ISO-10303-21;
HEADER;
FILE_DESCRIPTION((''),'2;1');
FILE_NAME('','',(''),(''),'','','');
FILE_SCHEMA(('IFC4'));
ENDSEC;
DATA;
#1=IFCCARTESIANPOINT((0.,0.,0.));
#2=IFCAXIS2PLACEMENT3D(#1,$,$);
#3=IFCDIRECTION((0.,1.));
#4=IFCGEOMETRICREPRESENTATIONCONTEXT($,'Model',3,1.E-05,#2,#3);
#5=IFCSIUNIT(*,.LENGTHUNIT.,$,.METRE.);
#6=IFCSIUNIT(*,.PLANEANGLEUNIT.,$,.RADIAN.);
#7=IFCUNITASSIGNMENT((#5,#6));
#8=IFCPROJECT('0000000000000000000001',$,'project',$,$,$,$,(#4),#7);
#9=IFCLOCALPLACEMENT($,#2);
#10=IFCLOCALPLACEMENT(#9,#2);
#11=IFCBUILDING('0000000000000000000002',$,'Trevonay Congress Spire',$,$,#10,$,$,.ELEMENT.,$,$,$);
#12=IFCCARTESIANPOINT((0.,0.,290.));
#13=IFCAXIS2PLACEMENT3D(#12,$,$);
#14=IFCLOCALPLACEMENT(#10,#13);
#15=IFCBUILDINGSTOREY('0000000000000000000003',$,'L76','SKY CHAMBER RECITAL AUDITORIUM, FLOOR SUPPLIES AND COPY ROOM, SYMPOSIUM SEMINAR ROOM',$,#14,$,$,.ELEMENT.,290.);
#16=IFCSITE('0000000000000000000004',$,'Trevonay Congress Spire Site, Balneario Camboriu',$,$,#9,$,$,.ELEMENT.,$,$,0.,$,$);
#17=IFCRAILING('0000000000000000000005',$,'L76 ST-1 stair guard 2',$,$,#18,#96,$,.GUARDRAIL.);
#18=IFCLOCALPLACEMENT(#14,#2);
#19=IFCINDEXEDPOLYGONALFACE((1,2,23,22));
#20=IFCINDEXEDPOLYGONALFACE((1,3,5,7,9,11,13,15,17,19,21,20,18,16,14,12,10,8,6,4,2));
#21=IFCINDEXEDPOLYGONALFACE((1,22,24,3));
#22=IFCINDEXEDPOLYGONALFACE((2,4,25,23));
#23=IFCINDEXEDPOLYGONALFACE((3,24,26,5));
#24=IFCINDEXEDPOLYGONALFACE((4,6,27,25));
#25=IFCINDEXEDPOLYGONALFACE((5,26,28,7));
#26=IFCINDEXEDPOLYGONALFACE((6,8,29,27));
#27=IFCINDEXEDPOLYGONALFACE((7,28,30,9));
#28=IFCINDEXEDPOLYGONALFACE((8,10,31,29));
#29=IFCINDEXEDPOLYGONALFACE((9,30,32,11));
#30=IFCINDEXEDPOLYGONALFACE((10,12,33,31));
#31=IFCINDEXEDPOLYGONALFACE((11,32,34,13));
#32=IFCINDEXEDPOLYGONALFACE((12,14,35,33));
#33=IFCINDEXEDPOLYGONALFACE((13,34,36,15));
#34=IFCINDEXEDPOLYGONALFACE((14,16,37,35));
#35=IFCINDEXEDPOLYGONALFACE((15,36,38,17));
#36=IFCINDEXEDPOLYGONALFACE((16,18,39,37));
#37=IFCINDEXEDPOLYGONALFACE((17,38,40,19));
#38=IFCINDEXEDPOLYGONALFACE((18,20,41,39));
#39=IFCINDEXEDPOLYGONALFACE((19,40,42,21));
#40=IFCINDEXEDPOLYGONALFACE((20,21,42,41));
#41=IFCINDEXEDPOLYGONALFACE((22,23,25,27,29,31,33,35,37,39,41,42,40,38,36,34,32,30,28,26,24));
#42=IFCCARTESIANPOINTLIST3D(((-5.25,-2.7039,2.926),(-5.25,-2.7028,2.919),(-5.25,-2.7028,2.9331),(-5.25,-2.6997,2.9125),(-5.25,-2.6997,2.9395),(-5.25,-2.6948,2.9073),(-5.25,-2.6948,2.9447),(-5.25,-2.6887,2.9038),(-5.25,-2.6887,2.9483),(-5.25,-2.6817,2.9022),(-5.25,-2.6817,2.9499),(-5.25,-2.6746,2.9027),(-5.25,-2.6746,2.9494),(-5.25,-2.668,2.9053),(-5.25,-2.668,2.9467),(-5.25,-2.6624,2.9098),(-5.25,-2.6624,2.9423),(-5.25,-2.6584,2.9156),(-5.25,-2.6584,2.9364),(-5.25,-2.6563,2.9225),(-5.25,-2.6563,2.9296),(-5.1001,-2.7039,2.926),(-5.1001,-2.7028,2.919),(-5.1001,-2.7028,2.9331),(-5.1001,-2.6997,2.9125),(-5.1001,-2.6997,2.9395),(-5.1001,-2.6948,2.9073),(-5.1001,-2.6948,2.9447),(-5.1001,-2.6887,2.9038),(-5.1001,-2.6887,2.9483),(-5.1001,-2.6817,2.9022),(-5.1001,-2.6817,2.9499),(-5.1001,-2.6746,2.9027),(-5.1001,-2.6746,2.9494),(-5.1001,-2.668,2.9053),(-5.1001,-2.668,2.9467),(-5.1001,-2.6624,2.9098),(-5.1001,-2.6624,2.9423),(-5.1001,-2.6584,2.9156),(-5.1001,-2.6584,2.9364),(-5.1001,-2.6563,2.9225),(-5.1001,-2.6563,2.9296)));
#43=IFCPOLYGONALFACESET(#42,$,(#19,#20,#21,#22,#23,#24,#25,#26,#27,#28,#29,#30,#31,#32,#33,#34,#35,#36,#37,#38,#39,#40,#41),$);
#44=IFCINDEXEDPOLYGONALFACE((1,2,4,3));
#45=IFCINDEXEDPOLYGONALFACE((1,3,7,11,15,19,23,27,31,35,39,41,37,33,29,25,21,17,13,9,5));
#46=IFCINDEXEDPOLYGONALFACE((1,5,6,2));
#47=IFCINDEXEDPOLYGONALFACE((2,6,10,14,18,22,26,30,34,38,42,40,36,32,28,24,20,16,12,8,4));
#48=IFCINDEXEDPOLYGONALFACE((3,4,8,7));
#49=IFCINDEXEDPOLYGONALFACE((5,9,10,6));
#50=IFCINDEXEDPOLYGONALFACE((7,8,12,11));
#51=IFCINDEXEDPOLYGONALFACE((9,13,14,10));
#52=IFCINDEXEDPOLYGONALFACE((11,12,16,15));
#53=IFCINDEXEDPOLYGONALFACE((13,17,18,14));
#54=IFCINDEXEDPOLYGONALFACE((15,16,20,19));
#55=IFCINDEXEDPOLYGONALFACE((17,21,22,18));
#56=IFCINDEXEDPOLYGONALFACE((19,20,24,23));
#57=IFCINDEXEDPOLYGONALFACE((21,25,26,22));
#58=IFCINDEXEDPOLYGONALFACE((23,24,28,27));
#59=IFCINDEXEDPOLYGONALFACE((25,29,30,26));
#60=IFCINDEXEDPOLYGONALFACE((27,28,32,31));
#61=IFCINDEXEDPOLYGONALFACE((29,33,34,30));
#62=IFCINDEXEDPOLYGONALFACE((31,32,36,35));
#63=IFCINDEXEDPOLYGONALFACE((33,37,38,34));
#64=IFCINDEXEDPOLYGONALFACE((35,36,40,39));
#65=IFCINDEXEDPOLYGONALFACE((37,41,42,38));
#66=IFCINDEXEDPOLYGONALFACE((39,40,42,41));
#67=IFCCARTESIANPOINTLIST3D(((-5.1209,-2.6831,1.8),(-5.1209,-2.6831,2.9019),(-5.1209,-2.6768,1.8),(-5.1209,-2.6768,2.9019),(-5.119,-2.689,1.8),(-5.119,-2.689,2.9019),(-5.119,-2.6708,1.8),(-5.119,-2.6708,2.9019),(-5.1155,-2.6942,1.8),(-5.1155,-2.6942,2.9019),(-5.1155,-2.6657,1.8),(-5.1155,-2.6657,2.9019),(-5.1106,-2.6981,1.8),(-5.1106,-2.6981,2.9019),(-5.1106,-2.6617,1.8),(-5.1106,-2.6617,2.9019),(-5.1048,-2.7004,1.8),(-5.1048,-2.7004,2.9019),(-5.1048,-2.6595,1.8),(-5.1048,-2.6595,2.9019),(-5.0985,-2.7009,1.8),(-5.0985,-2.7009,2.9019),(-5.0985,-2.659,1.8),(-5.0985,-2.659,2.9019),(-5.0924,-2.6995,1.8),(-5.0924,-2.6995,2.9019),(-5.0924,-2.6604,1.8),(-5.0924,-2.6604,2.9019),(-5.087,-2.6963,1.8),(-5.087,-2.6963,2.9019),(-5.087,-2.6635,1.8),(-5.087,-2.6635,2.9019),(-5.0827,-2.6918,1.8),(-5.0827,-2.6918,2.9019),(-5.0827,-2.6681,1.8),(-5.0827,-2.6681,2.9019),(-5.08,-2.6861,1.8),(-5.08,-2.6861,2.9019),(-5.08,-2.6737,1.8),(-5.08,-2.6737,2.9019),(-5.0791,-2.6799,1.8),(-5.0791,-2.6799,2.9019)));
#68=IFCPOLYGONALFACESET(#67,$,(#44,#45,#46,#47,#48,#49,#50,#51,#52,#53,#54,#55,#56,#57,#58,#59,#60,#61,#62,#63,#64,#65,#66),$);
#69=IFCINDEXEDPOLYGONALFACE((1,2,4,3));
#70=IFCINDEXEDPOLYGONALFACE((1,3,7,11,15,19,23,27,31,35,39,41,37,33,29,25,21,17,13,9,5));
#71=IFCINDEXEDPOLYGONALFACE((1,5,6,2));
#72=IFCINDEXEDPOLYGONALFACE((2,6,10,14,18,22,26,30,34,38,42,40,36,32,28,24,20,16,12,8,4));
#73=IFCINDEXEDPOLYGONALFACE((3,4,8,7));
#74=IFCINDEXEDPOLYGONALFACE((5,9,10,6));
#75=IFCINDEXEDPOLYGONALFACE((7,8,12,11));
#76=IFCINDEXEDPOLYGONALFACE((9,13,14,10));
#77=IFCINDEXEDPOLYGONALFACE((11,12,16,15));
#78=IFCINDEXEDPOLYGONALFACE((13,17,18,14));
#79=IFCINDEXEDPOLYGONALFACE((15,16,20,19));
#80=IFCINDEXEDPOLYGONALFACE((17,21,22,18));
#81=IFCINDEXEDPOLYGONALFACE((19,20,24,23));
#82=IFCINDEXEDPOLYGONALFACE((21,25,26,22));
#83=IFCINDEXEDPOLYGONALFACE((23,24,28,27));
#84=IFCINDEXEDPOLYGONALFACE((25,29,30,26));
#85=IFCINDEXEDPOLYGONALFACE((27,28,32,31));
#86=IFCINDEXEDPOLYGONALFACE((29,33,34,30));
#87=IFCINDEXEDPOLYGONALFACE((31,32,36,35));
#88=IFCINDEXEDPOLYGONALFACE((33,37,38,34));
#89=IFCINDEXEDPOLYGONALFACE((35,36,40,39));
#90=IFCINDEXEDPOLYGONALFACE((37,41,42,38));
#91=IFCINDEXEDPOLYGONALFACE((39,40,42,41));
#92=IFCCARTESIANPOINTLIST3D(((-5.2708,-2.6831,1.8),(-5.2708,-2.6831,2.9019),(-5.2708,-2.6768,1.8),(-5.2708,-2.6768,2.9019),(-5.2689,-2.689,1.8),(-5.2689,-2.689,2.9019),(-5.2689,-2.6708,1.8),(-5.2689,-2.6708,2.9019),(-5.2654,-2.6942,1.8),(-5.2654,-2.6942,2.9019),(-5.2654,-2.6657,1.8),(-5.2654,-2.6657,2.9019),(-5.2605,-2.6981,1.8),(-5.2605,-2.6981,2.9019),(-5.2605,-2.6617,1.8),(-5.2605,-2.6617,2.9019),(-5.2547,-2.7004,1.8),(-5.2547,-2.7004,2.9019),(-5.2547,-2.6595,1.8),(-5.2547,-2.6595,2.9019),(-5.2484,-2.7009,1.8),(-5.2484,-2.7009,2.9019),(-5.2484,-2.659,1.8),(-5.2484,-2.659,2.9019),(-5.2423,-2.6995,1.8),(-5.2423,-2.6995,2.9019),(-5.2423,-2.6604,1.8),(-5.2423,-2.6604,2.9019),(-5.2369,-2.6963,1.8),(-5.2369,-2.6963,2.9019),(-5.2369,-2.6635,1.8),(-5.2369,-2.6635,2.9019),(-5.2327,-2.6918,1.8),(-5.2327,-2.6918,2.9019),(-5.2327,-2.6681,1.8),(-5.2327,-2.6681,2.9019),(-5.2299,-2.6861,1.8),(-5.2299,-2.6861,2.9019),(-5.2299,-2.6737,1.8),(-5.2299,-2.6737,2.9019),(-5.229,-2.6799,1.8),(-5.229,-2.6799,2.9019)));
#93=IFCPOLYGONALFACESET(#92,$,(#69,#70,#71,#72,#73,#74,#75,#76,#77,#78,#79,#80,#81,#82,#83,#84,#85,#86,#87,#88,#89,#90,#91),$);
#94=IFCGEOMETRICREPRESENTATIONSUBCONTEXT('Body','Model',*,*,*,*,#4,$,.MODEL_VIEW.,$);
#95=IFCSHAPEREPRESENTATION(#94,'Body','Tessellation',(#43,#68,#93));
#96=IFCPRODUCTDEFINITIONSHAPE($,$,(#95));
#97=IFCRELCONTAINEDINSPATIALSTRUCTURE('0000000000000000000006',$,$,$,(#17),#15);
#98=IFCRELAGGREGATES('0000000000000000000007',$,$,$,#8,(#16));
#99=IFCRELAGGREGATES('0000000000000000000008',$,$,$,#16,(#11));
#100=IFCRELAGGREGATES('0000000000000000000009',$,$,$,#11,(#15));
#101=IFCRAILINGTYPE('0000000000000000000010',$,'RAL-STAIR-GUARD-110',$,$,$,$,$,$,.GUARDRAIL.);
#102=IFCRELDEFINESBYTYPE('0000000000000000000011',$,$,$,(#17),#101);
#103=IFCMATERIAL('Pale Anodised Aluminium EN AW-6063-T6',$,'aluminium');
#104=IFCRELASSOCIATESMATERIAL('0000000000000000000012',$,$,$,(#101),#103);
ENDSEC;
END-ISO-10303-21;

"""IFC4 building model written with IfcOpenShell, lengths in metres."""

from ifc_helpers import new_model, si_unit, direction, frame, origin, origin_2d, place, context, subcontext, project, spatial, circle, extrude, material, type_object, element, save


model = new_model("IFC4")

# Units and contexts
model_context = context("Model", 3, precision=1e-05, world=origin(), true_north=direction((0.0, 1.0)))
body_context = subcontext(model_context, "Body", "Model", "MODEL_VIEW")
ifc_project = project(units=[si_unit("LENGTHUNIT", "METRE"), si_unit("PLANEANGLEUNIT", "RADIAN")], contexts=[model_context])

# Site, building, storey
site_placement = place(None, origin())
site = spatial("IfcSite", under=ifc_project, at=site_placement, Name="Trevonay Congress Spire Site, Balneario Camboriu", CompositionType="ELEMENT", RefElevation=0.0)
building_placement = place(site_placement, origin())
building = spatial("IfcBuilding", under=site, at=building_placement, Name="Trevonay Congress Spire", CompositionType="ELEMENT")
storey_placement = place(building_placement, frame((0.0, 0.0, 290.0)))
storey = spatial("IfcBuildingStorey", under=building, at=storey_placement, Name="L76", Description="SKY CHAMBER RECITAL AUDITORIUM, FLOOR SUPPLIES AND COPY ROOM, SYMPOSIUM SEMINAR ROOM", CompositionType="ELEMENT", Elevation=290.0)

# Railing
ifc_material_1 = material(Name="Pale Anodised Aluminium EN AW-6063-T6", Category="aluminium")
railing_type_1 = type_object("IfcRailingType", Name="RAL-STAIR-GUARD-110", PredefinedType="GUARDRAIL", material=ifc_material_1)
railing_1_placement = place(storey_placement, frame((-5.1001, -2.6799, 1.8)))
element("IfcRailing", 1, at=railing_1_placement, inside=storey, type_object=railing_type_1, Name="L76 ST-1 stair guard 2", PredefinedType="GUARDRAIL", context=body_context, shape_type="SweptSolid", body=[
    extrude(circle(Radius=0.0239, at=origin_2d()), frame((0.0, 0.0, 1.126), z_axis=(-1.0, 0.0, 0.0), x_axis=(0.0, -1.0, 0.0)), (0.0, 0.0, 1.0), 0.1499),
    extrude(circle(Radius=0.021, at=origin_2d()), origin(), (0.0, 0.0, 1.0), 1.1018),
    extrude(circle(Radius=0.021, at=origin_2d()), frame((-0.1499, 0.0, 0.0)), (0.0, 0.0, 1.0), 1.1018),
])

save(model, "model.ifc")
